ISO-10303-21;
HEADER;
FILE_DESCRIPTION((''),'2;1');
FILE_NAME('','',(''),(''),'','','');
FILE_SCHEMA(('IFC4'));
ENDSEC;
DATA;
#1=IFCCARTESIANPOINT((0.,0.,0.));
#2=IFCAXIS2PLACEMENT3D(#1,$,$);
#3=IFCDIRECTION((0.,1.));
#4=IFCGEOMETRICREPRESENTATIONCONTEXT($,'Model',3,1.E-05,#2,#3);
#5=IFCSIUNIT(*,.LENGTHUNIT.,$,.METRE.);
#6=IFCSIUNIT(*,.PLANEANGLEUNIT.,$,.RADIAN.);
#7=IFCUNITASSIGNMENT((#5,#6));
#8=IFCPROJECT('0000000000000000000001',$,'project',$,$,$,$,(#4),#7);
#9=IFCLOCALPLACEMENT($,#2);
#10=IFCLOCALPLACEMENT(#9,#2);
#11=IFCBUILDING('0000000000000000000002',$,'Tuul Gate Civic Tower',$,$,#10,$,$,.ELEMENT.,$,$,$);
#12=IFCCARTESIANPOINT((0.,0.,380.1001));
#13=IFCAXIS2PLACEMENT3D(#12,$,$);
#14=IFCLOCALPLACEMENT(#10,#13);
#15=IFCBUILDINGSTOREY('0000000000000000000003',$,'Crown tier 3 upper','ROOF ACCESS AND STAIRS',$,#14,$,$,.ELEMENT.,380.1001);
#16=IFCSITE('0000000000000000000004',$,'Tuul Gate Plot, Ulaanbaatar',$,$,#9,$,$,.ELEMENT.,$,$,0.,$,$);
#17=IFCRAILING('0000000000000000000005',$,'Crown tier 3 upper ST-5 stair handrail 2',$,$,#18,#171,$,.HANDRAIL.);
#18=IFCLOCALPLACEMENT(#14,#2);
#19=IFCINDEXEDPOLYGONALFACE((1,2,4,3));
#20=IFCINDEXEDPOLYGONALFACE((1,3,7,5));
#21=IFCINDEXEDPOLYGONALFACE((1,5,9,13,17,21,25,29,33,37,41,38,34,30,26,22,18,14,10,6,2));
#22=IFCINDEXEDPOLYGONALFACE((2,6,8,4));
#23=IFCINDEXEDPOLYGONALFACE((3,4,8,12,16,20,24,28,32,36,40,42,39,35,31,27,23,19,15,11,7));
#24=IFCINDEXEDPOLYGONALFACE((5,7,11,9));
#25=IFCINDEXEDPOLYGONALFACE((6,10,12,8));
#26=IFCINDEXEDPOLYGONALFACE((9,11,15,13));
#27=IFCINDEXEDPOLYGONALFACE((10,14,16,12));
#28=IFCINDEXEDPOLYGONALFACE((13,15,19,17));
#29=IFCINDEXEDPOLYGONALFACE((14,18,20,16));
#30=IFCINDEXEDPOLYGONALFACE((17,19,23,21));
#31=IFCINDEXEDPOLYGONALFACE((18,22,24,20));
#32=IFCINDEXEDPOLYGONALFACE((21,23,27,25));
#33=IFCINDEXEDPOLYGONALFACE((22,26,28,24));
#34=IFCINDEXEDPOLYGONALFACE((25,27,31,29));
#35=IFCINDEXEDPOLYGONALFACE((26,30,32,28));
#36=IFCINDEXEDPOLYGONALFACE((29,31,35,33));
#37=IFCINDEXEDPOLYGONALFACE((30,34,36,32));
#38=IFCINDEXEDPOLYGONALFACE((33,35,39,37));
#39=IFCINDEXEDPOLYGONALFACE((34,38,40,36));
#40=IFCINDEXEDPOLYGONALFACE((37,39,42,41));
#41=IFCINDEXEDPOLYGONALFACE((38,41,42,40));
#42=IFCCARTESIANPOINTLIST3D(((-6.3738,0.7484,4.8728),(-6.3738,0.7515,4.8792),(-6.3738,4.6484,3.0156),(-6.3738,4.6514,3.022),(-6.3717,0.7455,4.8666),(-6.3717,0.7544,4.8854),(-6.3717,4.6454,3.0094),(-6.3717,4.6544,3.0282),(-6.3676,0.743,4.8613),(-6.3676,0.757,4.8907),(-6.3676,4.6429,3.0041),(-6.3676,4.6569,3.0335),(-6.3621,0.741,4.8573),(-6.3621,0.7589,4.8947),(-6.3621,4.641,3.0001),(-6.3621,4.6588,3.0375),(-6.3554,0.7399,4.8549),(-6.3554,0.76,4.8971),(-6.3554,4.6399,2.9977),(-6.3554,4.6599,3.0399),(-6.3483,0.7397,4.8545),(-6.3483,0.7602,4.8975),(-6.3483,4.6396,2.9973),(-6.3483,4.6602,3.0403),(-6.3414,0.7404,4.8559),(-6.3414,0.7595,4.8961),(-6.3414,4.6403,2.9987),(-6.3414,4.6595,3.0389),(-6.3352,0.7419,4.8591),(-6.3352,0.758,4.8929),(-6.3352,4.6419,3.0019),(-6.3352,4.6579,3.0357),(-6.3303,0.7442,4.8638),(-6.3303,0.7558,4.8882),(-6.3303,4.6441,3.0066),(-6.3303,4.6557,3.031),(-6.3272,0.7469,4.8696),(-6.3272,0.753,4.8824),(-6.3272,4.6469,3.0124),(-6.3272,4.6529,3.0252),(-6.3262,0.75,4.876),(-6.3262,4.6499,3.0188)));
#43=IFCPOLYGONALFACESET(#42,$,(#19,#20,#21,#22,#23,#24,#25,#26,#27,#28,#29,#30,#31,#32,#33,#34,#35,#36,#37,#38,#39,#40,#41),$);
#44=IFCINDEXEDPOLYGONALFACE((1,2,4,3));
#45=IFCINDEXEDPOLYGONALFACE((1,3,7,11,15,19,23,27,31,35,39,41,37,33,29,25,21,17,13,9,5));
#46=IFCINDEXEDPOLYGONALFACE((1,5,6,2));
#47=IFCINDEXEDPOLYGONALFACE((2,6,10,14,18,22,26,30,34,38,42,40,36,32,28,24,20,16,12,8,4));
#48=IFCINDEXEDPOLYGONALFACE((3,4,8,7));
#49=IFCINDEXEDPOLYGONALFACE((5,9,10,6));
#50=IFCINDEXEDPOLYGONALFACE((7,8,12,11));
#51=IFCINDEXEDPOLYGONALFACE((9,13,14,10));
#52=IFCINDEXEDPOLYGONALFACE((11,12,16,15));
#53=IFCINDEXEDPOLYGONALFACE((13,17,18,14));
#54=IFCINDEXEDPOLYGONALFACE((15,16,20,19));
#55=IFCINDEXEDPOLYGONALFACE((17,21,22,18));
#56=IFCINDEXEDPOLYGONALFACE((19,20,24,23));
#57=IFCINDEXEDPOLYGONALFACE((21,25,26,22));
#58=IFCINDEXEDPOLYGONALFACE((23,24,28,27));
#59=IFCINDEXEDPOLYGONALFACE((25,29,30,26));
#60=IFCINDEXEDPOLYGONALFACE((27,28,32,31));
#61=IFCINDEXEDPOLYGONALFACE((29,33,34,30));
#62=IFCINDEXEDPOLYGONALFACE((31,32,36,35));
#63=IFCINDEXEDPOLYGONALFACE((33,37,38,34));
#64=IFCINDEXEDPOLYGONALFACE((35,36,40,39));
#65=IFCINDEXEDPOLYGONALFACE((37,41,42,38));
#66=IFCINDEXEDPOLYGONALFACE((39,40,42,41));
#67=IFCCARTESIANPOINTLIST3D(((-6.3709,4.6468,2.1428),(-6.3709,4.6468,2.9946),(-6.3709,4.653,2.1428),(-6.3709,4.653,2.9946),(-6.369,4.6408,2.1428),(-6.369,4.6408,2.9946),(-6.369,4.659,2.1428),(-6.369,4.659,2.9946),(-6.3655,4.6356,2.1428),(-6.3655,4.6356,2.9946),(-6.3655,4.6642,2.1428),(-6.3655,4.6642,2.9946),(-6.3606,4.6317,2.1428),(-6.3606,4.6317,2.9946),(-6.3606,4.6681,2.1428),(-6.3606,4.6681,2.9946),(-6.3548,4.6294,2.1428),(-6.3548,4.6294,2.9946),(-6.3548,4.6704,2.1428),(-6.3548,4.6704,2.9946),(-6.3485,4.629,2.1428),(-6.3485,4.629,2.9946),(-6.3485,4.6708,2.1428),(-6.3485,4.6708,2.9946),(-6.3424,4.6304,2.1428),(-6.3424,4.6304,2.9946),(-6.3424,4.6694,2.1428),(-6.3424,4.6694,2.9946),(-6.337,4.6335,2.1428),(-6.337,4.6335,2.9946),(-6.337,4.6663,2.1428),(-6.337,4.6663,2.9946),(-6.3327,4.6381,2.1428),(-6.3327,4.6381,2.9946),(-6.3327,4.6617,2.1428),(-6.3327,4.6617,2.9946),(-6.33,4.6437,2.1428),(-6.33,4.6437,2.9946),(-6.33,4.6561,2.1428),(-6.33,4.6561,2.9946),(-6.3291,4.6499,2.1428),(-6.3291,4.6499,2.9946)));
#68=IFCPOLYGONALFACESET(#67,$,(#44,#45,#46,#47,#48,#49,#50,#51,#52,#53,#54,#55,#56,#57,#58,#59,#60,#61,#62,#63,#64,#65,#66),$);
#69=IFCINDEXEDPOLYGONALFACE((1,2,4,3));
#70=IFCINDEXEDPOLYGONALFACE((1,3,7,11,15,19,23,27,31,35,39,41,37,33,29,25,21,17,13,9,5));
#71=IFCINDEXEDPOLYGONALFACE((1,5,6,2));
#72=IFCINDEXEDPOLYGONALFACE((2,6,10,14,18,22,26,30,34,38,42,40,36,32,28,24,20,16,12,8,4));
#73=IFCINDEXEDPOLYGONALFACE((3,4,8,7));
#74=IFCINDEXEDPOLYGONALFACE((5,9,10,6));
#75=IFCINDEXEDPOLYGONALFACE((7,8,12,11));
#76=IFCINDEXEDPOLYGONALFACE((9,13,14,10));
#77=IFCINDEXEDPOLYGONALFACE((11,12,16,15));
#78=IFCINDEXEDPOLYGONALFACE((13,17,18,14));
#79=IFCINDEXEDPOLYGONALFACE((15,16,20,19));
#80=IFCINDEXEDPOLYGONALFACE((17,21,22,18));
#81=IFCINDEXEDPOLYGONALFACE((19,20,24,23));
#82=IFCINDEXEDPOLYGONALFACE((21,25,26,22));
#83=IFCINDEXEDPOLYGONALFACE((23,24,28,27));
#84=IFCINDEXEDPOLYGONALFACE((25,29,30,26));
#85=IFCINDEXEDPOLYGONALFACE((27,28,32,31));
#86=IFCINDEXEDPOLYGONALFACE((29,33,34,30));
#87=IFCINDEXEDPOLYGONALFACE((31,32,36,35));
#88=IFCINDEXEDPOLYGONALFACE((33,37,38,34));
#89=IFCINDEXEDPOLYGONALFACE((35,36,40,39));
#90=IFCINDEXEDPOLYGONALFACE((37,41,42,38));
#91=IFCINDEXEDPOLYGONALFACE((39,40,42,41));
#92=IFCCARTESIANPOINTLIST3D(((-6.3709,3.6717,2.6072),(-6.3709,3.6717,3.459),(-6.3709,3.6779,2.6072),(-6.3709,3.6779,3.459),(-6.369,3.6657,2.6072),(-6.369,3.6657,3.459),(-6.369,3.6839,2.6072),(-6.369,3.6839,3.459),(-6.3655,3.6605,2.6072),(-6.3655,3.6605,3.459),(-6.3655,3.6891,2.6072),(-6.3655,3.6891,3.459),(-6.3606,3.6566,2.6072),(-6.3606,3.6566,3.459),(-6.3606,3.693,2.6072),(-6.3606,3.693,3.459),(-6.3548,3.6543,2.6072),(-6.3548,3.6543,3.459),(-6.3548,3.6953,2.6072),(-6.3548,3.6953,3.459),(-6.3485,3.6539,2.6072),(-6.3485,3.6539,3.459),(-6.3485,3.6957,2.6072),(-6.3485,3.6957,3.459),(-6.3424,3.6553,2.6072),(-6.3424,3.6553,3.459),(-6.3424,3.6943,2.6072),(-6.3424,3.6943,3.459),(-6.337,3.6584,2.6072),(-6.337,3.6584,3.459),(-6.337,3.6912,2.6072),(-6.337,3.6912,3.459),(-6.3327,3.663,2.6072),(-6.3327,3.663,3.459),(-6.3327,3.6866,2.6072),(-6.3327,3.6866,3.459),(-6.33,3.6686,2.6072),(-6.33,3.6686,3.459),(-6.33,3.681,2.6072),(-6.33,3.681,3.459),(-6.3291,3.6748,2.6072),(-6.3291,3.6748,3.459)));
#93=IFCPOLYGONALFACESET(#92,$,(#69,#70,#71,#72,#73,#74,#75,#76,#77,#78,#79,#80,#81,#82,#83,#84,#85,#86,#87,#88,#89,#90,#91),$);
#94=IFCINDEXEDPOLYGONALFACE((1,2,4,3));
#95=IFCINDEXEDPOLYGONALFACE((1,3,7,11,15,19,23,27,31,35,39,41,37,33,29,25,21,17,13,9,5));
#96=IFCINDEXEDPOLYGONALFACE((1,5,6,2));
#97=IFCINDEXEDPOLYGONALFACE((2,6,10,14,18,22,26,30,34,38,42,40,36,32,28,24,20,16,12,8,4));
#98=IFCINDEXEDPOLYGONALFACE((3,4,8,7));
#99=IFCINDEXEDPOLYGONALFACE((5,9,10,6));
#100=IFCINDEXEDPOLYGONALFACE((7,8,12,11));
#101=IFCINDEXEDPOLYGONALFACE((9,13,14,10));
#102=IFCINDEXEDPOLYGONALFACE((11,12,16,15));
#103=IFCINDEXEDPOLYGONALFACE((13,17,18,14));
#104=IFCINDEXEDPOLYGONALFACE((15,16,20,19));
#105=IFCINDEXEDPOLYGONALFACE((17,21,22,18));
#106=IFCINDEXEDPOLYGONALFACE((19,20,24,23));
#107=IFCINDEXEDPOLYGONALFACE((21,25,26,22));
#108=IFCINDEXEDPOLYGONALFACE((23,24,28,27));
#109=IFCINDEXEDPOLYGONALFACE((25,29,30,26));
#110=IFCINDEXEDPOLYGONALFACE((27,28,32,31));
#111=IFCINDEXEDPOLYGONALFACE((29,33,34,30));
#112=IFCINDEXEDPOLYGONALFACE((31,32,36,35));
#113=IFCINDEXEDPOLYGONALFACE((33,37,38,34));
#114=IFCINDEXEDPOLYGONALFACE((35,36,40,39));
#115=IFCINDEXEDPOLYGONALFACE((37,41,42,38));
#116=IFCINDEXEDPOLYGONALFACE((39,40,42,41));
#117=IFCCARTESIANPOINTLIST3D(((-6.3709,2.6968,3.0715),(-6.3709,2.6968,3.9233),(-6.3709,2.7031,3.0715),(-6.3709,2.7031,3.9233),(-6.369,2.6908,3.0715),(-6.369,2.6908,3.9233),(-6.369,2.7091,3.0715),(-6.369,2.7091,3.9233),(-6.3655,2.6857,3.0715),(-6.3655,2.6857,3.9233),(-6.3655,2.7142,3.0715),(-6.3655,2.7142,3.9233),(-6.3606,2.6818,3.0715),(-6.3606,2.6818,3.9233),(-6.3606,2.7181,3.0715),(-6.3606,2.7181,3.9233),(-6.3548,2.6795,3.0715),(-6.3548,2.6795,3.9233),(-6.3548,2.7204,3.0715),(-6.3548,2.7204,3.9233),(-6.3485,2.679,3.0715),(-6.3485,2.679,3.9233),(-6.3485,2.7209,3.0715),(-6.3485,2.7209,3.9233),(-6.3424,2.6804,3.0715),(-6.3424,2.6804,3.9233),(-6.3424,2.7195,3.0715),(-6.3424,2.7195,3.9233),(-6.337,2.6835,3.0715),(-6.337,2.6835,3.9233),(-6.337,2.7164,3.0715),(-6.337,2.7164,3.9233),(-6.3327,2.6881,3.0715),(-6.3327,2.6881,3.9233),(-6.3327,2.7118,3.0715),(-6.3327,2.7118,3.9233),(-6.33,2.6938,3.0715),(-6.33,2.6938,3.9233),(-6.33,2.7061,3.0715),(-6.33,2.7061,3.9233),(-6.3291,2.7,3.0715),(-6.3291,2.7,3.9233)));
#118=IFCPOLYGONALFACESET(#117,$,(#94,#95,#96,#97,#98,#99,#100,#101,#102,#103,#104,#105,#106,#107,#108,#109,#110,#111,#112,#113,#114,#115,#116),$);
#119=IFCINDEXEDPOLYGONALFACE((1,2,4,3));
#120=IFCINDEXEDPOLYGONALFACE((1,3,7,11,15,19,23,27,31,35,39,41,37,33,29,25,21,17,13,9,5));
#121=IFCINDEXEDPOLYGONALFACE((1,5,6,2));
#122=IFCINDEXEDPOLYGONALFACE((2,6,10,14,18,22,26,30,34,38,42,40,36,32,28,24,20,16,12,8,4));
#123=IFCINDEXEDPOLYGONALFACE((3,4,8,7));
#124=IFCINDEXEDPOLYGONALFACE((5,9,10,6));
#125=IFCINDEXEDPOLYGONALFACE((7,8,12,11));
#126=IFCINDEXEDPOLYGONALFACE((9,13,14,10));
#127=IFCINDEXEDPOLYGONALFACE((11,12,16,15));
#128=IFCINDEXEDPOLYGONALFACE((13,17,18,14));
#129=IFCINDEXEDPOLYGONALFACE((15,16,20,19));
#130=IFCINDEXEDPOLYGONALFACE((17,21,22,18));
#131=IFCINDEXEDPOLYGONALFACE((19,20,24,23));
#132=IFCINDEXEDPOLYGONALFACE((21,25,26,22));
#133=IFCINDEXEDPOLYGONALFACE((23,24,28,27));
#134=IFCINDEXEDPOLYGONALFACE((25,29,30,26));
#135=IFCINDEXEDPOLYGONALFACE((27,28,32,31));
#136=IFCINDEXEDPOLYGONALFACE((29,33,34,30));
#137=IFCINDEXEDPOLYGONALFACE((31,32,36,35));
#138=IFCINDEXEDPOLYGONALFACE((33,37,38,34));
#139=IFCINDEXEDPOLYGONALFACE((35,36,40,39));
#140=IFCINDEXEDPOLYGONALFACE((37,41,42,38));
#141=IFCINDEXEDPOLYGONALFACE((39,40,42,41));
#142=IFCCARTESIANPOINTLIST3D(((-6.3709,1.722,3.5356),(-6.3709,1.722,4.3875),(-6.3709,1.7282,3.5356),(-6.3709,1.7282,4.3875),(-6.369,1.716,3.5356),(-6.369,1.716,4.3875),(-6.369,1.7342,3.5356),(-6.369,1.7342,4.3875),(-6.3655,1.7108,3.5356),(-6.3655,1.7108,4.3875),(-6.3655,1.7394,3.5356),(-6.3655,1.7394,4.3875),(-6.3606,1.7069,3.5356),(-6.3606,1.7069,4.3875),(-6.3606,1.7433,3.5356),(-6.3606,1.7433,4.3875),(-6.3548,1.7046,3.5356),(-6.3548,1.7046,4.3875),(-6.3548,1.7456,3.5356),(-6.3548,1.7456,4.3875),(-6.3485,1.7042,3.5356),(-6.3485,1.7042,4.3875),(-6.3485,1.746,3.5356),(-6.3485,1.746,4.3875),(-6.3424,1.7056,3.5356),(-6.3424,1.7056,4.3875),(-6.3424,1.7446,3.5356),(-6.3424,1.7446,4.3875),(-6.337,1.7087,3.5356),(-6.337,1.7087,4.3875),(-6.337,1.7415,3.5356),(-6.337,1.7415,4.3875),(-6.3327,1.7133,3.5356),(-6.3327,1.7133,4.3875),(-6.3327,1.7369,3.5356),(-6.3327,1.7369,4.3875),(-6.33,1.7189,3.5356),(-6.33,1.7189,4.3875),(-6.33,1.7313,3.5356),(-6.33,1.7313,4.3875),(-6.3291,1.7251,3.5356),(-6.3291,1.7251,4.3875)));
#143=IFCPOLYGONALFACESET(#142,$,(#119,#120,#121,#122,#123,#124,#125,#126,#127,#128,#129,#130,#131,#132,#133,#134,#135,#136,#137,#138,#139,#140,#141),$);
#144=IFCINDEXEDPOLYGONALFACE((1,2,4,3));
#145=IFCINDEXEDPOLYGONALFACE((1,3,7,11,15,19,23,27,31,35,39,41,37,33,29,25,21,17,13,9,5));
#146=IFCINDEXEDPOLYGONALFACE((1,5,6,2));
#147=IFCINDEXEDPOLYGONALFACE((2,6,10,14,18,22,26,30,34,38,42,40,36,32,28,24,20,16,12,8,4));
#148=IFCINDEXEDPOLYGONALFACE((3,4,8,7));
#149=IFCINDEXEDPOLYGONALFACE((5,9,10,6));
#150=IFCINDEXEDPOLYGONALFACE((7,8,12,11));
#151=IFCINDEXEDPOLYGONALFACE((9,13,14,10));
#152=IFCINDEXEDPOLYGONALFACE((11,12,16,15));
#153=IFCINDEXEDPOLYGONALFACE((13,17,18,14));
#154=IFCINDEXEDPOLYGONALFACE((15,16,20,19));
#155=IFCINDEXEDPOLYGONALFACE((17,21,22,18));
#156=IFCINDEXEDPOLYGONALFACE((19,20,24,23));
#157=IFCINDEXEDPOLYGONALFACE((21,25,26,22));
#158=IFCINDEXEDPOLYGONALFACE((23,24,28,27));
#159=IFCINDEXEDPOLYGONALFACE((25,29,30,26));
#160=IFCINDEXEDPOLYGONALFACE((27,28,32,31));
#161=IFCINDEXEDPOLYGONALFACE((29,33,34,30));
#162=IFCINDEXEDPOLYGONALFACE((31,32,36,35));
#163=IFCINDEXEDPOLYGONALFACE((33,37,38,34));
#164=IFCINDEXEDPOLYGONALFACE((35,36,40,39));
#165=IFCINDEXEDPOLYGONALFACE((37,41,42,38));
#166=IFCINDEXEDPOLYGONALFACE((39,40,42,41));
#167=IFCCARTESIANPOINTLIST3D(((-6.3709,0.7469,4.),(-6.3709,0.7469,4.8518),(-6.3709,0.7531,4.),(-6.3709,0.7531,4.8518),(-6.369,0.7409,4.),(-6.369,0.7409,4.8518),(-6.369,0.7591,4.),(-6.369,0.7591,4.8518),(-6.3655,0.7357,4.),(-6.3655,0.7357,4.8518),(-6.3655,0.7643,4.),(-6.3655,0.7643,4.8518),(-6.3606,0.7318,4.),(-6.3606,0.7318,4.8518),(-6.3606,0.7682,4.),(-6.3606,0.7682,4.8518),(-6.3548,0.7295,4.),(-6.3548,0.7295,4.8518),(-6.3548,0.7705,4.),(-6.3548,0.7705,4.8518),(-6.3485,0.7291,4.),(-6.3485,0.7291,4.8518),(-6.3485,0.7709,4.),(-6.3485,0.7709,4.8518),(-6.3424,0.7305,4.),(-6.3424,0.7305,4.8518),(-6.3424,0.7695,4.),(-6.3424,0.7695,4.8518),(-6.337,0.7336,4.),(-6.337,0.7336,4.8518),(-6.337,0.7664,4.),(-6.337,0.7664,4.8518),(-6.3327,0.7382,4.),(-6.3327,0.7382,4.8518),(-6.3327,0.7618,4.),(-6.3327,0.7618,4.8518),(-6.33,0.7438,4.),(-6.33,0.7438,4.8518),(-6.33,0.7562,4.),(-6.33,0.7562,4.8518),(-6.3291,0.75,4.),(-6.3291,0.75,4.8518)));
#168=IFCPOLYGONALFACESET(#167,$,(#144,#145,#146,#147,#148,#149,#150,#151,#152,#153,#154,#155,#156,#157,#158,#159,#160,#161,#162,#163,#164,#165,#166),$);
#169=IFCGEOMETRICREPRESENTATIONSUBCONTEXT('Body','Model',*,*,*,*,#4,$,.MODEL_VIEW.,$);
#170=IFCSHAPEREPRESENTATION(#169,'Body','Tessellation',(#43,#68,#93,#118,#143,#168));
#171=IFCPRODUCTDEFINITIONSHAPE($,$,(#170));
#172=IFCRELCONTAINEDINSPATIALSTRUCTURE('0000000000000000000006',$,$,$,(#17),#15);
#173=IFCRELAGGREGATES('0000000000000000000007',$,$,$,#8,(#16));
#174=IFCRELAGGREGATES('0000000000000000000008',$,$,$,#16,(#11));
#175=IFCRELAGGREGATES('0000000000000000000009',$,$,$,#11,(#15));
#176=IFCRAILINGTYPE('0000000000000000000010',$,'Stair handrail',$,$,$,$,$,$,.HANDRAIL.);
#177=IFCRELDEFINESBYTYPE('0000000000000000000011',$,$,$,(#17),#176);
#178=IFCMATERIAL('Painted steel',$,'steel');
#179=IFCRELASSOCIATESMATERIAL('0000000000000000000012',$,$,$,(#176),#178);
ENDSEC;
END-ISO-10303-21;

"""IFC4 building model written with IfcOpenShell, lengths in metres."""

from ifc_helpers import new_model, si_unit, direction, frame, origin, origin_2d, place, context, subcontext, project, spatial, circle, extrude, material, type_object, element, save


model = new_model("IFC4")

# Units and contexts
model_context = context("Model", 3, precision=1e-05, world=origin(), true_north=direction((0.0, 1.0)))
body_context = subcontext(model_context, "Body", "Model", "MODEL_VIEW")
ifc_project = project(units=[si_unit("LENGTHUNIT", "METRE"), si_unit("PLANEANGLEUNIT", "RADIAN")], contexts=[model_context])

# Site, building, storey
site_placement = place(None, origin())
site = spatial("IfcSite", under=ifc_project, at=site_placement, Name="Tuul Gate Plot, Ulaanbaatar", CompositionType="ELEMENT", RefElevation=0.0)
building_placement = place(site_placement, origin())
building = spatial("IfcBuilding", under=site, at=building_placement, Name="Tuul Gate Civic Tower", CompositionType="ELEMENT")
storey_placement = place(building_placement, frame((0.0, 0.0, 380.1001)))
storey = spatial("IfcBuildingStorey", under=building, at=storey_placement, Name="Crown tier 3 upper", Description="ROOF ACCESS AND STAIRS", CompositionType="ELEMENT", Elevation=380.1001)

# Railing
ifc_material_1 = material(Name="Painted steel", Category="steel")
railing_type = type_object("IfcRailingType", Name="Stair handrail", PredefinedType="HANDRAIL", material=ifc_material_1)
railing_placement = place(storey_placement, frame((-6.3501, 4.6499, 2.1428)))
element("IfcRailing", 1, at=railing_placement, inside=storey, type_object=railing_type, Name="Crown tier 3 upper ST-5 stair handrail 2", PredefinedType="HANDRAIL", context=body_context, shape_type="SweptSolid", body=[
    extrude(circle(Radius=0.0239, at=origin_2d()), frame((0.0, 0.0, 0.876), z_axis=(0.0, -0.902853, 0.429949), x_axis=(1.0, 0.0, 0.0)), (0.0, 0.0, 1.0), 4.3196),
    extrude(circle(Radius=0.021, at=origin_2d()), origin(), (0.0, 0.0, 1.0), 0.8518),
    extrude(circle(Radius=0.021, at=origin_2d()), frame((0.0, -0.9751, 0.4644)), (0.0, 0.0, 1.0), 0.8518),
    extrude(circle(Radius=0.021, at=origin_2d()), frame((0.0, -1.95, 0.9287)), (0.0, 0.0, 1.0), 0.8518),
    extrude(circle(Radius=0.021, at=origin_2d()), frame((0.0, -2.9248, 1.3928)), (0.0, 0.0, 1.0), 0.8518),
    extrude(circle(Radius=0.021, at=origin_2d()), frame((0.0, -3.8999, 1.8572)), (0.0, 0.0, 1.0), 0.8518),
])

save(model, "model.ifc")
